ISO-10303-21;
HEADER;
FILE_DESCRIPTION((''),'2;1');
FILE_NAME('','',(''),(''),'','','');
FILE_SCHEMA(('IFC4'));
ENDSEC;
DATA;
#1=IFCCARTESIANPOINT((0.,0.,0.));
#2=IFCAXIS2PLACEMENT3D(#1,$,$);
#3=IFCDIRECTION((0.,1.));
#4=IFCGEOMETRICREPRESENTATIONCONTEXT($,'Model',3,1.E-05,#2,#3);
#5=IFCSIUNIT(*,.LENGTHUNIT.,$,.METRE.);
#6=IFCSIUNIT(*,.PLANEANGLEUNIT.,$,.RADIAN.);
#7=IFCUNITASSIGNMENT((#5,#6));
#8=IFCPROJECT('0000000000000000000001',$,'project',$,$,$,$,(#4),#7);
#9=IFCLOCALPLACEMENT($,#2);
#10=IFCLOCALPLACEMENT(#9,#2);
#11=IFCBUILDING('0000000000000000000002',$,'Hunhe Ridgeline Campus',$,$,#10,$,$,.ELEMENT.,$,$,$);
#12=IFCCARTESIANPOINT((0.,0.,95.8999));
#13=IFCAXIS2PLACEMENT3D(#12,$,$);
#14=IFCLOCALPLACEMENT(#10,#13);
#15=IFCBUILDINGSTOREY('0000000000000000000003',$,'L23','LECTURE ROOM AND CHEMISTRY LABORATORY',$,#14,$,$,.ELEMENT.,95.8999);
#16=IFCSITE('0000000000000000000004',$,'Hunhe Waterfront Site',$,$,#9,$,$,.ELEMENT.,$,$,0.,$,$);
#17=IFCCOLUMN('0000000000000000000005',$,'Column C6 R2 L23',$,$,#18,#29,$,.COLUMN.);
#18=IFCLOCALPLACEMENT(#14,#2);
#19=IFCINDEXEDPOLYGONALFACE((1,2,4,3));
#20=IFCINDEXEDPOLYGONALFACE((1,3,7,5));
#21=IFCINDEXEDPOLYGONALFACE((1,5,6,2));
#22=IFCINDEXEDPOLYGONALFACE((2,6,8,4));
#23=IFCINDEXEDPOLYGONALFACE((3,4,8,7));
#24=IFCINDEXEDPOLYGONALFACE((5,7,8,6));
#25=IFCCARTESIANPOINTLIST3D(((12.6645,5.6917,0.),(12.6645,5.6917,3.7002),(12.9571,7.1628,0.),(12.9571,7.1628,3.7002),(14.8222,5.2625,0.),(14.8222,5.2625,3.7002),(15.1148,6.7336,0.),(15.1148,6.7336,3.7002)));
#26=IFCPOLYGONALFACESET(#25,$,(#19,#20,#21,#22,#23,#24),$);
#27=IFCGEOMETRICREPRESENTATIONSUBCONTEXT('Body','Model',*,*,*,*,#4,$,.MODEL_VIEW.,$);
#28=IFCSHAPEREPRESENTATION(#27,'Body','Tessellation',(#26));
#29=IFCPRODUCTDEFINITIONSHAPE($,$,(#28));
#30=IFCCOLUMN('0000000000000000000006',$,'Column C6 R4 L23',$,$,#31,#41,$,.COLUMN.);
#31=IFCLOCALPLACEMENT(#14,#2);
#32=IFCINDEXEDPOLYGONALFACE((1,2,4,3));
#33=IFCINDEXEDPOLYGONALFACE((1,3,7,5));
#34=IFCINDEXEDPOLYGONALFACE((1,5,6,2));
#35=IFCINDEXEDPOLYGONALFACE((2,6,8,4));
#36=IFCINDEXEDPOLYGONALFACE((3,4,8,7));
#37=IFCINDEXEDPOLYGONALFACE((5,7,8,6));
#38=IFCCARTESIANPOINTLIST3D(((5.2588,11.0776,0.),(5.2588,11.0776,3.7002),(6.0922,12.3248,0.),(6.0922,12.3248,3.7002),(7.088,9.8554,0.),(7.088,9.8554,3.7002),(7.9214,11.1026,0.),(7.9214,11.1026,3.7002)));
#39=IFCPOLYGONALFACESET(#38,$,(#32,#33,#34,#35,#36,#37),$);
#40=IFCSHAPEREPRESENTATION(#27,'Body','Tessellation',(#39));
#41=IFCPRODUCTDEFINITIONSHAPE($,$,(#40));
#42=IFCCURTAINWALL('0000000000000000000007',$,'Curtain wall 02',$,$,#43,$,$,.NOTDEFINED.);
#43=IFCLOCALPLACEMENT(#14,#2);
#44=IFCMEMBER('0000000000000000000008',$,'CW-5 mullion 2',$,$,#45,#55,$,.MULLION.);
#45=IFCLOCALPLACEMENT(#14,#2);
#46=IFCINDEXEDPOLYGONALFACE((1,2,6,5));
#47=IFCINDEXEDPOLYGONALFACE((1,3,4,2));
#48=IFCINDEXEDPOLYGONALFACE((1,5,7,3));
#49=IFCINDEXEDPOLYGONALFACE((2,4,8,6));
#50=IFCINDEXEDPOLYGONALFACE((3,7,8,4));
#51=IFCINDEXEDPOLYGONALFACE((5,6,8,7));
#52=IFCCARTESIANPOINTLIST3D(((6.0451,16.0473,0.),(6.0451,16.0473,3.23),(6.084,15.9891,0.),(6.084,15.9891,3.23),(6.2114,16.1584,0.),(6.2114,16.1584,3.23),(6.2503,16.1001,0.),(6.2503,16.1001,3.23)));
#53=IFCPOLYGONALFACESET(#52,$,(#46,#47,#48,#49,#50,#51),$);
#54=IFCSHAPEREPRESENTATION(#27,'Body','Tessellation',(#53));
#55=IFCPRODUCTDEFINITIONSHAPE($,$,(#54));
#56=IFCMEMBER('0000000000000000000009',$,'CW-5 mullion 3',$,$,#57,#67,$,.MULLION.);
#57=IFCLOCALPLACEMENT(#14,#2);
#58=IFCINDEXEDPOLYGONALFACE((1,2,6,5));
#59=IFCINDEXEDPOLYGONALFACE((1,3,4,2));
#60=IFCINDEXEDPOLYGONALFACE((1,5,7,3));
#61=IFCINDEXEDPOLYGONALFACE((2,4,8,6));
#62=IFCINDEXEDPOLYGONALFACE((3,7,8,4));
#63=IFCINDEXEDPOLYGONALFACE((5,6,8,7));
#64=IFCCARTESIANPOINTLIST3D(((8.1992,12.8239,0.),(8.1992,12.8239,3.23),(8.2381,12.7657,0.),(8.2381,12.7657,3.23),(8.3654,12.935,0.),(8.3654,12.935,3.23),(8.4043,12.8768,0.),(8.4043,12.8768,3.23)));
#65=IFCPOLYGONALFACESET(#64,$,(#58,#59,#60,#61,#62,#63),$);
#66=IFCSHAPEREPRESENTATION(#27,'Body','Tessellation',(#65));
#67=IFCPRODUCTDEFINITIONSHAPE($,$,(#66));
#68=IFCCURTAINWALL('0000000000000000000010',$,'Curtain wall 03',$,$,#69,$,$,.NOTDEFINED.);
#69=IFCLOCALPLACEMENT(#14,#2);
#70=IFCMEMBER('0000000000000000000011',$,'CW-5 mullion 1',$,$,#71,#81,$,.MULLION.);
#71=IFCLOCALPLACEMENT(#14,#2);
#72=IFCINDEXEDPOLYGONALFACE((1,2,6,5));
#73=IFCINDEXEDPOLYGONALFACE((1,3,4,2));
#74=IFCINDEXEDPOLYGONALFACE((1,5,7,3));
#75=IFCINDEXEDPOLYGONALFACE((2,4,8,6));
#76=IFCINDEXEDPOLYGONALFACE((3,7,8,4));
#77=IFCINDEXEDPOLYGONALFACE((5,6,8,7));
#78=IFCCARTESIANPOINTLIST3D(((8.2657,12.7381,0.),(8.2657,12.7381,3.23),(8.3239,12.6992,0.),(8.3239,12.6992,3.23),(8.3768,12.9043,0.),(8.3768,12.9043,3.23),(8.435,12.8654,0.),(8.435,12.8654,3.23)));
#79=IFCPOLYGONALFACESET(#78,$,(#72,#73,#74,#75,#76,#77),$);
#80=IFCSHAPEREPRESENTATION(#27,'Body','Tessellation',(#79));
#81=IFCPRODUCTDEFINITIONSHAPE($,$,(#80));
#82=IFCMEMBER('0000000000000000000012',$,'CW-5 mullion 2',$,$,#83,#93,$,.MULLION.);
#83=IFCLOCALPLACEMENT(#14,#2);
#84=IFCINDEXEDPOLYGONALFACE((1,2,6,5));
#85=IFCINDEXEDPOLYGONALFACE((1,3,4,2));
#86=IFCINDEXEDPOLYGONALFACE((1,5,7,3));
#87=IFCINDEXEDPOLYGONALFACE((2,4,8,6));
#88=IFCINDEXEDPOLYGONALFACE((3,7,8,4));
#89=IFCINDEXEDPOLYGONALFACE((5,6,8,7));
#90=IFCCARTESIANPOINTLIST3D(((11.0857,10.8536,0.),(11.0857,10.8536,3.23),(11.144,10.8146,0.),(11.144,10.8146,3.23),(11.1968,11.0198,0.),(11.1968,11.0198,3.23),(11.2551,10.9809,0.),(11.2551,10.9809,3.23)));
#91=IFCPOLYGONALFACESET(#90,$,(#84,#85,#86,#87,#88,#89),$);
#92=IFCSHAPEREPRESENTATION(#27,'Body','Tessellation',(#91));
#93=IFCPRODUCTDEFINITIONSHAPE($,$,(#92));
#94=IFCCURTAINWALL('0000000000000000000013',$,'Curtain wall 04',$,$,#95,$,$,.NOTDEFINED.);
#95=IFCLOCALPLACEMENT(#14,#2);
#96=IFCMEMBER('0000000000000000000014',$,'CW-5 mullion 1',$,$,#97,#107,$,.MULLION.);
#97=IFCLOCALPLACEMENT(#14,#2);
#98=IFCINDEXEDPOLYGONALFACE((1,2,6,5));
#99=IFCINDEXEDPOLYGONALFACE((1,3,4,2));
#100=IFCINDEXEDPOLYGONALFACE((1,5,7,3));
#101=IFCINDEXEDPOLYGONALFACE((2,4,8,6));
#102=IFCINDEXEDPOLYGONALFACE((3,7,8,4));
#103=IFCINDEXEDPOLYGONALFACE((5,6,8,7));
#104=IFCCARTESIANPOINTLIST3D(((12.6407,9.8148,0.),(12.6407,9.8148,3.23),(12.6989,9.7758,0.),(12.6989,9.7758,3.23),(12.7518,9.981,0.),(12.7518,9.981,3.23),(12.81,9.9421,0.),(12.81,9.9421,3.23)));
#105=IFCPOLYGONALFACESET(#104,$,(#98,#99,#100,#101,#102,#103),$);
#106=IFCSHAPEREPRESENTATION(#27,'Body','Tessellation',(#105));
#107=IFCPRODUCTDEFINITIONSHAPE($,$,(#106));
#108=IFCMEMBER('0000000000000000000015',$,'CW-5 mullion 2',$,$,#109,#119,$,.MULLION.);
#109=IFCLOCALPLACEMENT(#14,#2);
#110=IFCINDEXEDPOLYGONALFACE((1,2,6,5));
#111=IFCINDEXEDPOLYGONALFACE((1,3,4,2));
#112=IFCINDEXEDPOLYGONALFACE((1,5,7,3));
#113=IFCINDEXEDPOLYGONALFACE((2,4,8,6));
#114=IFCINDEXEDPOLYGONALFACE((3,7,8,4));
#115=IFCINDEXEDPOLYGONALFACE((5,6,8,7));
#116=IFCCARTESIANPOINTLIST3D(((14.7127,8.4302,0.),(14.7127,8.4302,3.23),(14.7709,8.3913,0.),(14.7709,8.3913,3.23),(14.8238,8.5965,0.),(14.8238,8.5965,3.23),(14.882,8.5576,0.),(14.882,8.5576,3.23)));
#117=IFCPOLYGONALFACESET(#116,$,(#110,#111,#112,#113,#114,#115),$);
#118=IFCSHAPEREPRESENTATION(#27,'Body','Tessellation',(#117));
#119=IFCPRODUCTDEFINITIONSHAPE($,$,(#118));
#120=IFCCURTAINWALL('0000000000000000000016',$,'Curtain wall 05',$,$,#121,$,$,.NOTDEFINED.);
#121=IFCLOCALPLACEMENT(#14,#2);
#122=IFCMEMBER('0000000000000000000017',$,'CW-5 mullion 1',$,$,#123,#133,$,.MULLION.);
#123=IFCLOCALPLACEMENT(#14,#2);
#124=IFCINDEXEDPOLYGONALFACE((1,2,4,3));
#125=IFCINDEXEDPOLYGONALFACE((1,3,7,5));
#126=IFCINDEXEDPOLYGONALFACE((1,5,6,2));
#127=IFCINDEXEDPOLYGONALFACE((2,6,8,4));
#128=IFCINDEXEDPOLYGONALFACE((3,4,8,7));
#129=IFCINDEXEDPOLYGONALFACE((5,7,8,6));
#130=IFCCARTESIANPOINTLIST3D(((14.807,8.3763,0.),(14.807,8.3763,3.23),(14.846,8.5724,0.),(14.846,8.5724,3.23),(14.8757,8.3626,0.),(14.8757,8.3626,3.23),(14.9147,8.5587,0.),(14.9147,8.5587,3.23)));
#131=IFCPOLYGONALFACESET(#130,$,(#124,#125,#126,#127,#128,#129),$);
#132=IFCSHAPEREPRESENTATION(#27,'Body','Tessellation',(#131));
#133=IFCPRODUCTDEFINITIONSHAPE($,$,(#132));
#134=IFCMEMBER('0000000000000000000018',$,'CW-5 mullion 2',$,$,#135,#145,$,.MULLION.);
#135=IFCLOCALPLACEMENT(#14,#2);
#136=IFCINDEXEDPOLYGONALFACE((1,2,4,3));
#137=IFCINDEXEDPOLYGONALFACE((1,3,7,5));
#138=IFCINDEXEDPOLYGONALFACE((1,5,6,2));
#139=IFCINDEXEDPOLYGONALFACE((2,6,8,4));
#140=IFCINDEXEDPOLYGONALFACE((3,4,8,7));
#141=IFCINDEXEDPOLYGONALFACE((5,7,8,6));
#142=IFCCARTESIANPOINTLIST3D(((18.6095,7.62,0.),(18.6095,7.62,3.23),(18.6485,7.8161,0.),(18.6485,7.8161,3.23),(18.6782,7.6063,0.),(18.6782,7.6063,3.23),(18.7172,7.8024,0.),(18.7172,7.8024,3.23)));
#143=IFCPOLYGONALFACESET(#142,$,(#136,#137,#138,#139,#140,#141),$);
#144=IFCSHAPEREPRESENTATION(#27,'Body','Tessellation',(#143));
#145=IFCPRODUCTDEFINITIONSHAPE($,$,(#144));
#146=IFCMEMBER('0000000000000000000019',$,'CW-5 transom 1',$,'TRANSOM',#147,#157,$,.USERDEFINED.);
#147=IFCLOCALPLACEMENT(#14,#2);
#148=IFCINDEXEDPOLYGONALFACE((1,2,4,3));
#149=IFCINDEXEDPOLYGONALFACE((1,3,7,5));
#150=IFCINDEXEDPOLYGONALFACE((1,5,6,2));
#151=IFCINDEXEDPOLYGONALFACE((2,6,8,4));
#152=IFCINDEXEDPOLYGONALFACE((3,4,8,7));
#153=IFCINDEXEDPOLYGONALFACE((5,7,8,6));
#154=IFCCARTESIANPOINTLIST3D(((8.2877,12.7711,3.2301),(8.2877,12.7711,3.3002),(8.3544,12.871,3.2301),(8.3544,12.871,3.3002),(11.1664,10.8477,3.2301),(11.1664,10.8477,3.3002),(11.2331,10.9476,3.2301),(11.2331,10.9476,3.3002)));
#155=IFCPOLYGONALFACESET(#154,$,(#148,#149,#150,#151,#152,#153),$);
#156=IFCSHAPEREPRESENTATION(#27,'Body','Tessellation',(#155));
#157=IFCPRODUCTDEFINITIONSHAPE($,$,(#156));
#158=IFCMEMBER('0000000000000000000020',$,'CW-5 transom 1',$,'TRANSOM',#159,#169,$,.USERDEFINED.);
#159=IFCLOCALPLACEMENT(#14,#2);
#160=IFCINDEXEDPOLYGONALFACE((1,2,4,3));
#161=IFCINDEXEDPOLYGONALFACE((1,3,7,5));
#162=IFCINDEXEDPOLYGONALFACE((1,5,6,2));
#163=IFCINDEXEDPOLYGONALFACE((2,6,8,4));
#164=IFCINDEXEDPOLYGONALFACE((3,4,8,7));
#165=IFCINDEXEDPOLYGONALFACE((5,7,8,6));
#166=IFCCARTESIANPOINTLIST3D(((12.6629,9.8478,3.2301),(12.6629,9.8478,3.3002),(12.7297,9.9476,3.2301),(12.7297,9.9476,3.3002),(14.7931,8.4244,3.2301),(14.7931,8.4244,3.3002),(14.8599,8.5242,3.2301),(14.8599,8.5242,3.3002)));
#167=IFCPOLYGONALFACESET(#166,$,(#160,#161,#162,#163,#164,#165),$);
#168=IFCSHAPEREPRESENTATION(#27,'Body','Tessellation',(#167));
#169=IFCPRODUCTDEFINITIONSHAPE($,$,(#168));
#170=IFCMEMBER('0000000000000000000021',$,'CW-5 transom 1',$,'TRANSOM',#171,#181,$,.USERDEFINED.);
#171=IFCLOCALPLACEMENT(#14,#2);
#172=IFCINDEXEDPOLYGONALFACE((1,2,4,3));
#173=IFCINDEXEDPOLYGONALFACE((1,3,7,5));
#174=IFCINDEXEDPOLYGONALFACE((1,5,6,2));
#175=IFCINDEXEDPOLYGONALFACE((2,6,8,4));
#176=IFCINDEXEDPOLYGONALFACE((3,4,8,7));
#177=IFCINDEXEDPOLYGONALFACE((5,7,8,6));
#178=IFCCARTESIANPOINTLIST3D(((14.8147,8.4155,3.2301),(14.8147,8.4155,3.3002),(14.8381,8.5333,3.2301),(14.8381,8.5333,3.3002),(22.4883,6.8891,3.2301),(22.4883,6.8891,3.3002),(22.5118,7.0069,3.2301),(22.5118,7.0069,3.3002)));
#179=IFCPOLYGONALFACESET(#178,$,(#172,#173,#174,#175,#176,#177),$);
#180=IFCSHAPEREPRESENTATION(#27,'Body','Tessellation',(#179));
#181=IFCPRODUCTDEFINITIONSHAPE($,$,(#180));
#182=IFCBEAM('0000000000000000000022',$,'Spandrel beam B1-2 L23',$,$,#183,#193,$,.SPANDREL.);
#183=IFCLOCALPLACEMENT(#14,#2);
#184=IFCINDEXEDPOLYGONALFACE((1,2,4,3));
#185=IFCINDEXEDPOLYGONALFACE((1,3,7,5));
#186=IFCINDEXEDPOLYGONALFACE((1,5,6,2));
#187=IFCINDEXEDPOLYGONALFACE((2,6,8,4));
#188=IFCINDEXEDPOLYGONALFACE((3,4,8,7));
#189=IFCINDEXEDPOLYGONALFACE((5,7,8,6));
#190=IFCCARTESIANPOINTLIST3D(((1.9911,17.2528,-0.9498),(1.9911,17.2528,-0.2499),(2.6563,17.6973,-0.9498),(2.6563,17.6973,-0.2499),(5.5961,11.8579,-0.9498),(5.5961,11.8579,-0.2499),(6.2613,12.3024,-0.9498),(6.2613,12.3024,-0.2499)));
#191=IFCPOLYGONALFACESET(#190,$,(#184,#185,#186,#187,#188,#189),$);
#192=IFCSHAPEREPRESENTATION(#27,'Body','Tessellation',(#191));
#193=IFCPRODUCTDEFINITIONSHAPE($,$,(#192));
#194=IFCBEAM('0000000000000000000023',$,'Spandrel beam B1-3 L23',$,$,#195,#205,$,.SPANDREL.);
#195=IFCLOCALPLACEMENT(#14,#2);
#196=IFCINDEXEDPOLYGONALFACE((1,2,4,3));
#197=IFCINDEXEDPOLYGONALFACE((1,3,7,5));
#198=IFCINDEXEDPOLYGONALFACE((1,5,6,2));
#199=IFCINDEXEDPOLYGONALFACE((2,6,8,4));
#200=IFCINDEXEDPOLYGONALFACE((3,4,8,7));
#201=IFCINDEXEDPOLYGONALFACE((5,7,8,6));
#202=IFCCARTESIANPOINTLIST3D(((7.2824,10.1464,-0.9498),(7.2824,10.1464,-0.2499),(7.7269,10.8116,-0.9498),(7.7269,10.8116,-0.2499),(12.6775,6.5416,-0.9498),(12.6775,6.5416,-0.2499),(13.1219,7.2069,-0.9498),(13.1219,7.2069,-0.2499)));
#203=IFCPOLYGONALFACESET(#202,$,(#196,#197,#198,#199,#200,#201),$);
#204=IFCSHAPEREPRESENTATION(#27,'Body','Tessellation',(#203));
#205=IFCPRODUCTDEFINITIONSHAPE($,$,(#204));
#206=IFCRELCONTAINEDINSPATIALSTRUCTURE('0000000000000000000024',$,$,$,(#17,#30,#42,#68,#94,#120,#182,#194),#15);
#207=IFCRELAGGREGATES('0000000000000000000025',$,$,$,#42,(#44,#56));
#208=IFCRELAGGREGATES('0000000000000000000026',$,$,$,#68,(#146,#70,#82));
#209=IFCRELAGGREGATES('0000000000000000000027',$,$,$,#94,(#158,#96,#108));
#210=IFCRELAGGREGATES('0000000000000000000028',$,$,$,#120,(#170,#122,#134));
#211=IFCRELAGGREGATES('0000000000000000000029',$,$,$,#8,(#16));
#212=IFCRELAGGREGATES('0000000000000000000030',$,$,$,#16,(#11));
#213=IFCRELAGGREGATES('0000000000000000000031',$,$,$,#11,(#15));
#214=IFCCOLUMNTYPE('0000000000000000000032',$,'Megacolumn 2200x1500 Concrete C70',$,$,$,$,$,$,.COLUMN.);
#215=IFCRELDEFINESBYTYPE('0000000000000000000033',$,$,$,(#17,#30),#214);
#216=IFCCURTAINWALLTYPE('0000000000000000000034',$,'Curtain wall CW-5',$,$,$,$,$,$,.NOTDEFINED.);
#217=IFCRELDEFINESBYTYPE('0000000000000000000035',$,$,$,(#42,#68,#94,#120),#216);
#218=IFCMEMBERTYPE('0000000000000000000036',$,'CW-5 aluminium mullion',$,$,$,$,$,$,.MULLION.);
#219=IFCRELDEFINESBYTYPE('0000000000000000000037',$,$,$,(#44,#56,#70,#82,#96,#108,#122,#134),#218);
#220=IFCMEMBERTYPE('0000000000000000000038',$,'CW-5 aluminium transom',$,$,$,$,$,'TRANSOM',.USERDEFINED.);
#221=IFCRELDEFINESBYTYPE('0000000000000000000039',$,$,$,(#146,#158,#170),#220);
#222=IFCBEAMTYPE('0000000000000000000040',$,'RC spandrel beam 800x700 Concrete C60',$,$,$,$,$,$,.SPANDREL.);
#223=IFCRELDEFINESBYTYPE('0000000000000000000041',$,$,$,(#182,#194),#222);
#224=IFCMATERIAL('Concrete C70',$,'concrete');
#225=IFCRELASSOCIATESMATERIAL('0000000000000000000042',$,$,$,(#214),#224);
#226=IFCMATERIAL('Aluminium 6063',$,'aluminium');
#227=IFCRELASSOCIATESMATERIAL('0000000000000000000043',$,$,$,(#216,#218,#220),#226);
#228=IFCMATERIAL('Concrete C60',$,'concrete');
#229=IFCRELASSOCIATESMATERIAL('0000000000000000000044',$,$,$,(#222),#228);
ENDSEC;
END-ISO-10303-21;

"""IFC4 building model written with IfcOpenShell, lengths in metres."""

from ifc_helpers import new_model, si_unit, direction, frame, origin, origin_2d, place, context, subcontext, project, spatial, rectangle, extrude, material, material_profile, profile_set, type_object, element, aggregate, save


model = new_model("IFC4")

# Units and contexts
model_context = context("Model", 3, precision=1e-05, world=origin(), true_north=direction((0.0, 1.0)))
body_context = subcontext(model_context, "Body", "Model", "MODEL_VIEW")
ifc_project = project(units=[si_unit("LENGTHUNIT", "METRE"), si_unit("PLANEANGLEUNIT", "RADIAN")], contexts=[model_context])

# Site, building, storey
site_placement = place(None, origin())
site = spatial("IfcSite", under=ifc_project, at=site_placement, Name="Hunhe Waterfront Site", CompositionType="ELEMENT", RefElevation=0.0)
building_placement = place(site_placement, origin())
building = spatial("IfcBuilding", under=site, at=building_placement, Name="Hunhe Ridgeline Campus", CompositionType="ELEMENT")
storey_placement = place(building_placement, frame((0.0, 0.0, 95.8999)))
storey = spatial("IfcBuildingStorey", under=building, at=storey_placement, Name="L23", Description="LECTURE ROOM AND CHEMISTRY LABORATORY", CompositionType="ELEMENT", Elevation=95.8999)

# Columns
ifc_material_1 = material(Name="Concrete C70", Category="concrete")
ifc_material_profile_1 = material_profile(ifc_material_1, rectangle(XDim=2.2, YDim=1.5, at=origin_2d()))
ifc_profile_set_1 = profile_set([ifc_material_profile_1], Name="Concrete C70")
column_type = type_object("IfcColumnType", Name="Megacolumn 2200x1500 Concrete C70", PredefinedType="COLUMN", material=ifc_profile_set_1)
for number, where, z_axis, x_axis, name in (
    (1, (13.8896, 6.2126, 0.0), (0.0, 0.0, 1.0), (-0.980785, 0.19509, 0.0), "Column C6 R2 L23"),
    (2, (6.5901, 11.0901, 0.0), (0.0, 0.0, 1.0), (-0.83147, 0.55557, 0.0), "Column C6 R4 L23"),
):
    element("IfcColumn", number, at=place(storey_placement, frame(where, z_axis=z_axis, x_axis=x_axis)), inside=storey, type_object=column_type, Name=name, PredefinedType="COLUMN", context=body_context, shape_type="SweptSolid", body=[
        extrude(rectangle(XDim=2.2, YDim=1.5, at=origin_2d()), origin(), (0.0, 0.0, 1.0), 3.7002),
    ])

# Curtain walls, members
ifc_material_2 = material(Name="Aluminium 6063", Category="aluminium")
curtain_wall_type = type_object("IfcCurtainWallType", Name="Curtain wall CW-5", PredefinedType="NOTDEFINED", material=ifc_material_2)
curtain_wall_1_placement = place(storey_placement, origin())
curtain_wall_1 = element("IfcCurtainWall", 3, at=curtain_wall_1_placement, inside=storey, type_object=curtain_wall_type, Name="Curtain wall 02", PredefinedType="NOTDEFINED")
ifc_material_profile_2 = material_profile(ifc_material_2, rectangle(XDim=0.2, YDim=0.0701, at=origin_2d()))
ifc_profile_set_2 = profile_set([ifc_material_profile_2], Name="Aluminium 6063")
member_type_1 = type_object("IfcMemberType", Name="CW-5 aluminium mullion", PredefinedType="MULLION", material=ifc_profile_set_2)
member_1_placement = place(storey_placement, frame((6.1477, 16.0737, 0.0), z_axis=(0.0, 0.0, 1.0), x_axis=(0.83147, 0.55557, 0.0)))
member_1 = element("IfcMember", 4, at=member_1_placement, type_object=member_type_1, Name="CW-5 mullion 2", PredefinedType="MULLION", context=body_context, shape_type="SweptSolid", body=[
    extrude(rectangle(XDim=0.2, YDim=0.0701, at=origin_2d()), origin(), (0.0, 0.0, 1.0), 3.23),
])
member_2_placement = place(storey_placement, frame((8.3018, 12.8503, 0.0), z_axis=(0.0, 0.0, 1.0), x_axis=(0.83147, 0.55557, 0.0)))
member_2 = element("IfcMember", 5, at=member_2_placement, type_object=member_type_1, Name="CW-5 mullion 3", PredefinedType="MULLION", context=body_context, shape_type="SweptSolid", body=[
    extrude(rectangle(XDim=0.2, YDim=0.0701, at=origin_2d()), origin(), (0.0, 0.0, 1.0), 3.23),
])
curtain_wall_2_placement = place(storey_placement, origin())
curtain_wall_2 = element("IfcCurtainWall", 6, at=curtain_wall_2_placement, inside=storey, type_object=curtain_wall_type, Name="Curtain wall 03", PredefinedType="NOTDEFINED")
member_3_placement = place(storey_placement, frame((8.3503, 12.8018, 0.0), z_axis=(0.0, 0.0, 1.0), x_axis=(0.55557, 0.83147, 0.0)))
member_3 = element("IfcMember", 7, at=member_3_placement, type_object=member_type_1, Name="CW-5 mullion 1", PredefinedType="MULLION", context=body_context, shape_type="SweptSolid", body=[
    extrude(rectangle(XDim=0.2, YDim=0.0701, at=origin_2d()), origin(), (0.0, 0.0, 1.0), 3.23),
])
member_4_placement = place(storey_placement, frame((11.1704, 10.9172, 0.0), z_axis=(0.0, 0.0, 1.0), x_axis=(0.55557, 0.83147, 0.0)))
member_4 = element("IfcMember", 8, at=member_4_placement, type_object=member_type_1, Name="CW-5 mullion 2", PredefinedType="MULLION", context=body_context, shape_type="SweptSolid", body=[
    extrude(rectangle(XDim=0.2, YDim=0.0701, at=origin_2d()), origin(), (0.0, 0.0, 1.0), 3.23),
])
curtain_wall_3_placement = place(storey_placement, origin())
curtain_wall_3 = element("IfcCurtainWall", 9, at=curtain_wall_3_placement, inside=storey, type_object=curtain_wall_type, Name="Curtain wall 04", PredefinedType="NOTDEFINED")
member_5_placement = place(storey_placement, frame((12.7253, 9.8784, 0.0), z_axis=(0.0, 0.0, 1.0), x_axis=(0.55557, 0.83147, 0.0)))
member_5 = element("IfcMember", 10, at=member_5_placement, type_object=member_type_1, Name="CW-5 mullion 1", PredefinedType="MULLION", context=body_context, shape_type="SweptSolid", body=[
    extrude(rectangle(XDim=0.2, YDim=0.0701, at=origin_2d()), origin(), (0.0, 0.0, 1.0), 3.23),
])
member_6_placement = place(storey_placement, frame((14.7974, 8.4939, 0.0), z_axis=(0.0, 0.0, 1.0), x_axis=(0.55557, 0.83147, 0.0)))
member_6 = element("IfcMember", 11, at=member_6_placement, type_object=member_type_1, Name="CW-5 mullion 2", PredefinedType="MULLION", context=body_context, shape_type="SweptSolid", body=[
    extrude(rectangle(XDim=0.2, YDim=0.0701, at=origin_2d()), origin(), (0.0, 0.0, 1.0), 3.23),
])
curtain_wall_4_placement = place(storey_placement, origin())
curtain_wall_4 = element("IfcCurtainWall", 12, at=curtain_wall_4_placement, inside=storey, type_object=curtain_wall_type, Name="Curtain wall 05", PredefinedType="NOTDEFINED")
member_7_placement = place(storey_placement, frame((14.8608, 8.4675, 0.0), z_axis=(0.0, 0.0, 1.0), x_axis=(0.19509, 0.980785, 0.0)))
member_7 = element("IfcMember", 13, at=member_7_placement, type_object=member_type_1, Name="CW-5 mullion 1", PredefinedType="MULLION", context=body_context, shape_type="SweptSolid", body=[
    extrude(rectangle(XDim=0.2, YDim=0.0701, at=origin_2d()), origin(), (0.0, 0.0, 1.0), 3.23),
])
member_8_placement = place(storey_placement, frame((18.6633, 7.7112, 0.0), z_axis=(0.0, 0.0, 1.0), x_axis=(0.19509, 0.980785, 0.0)))
member_8 = element("IfcMember", 14, at=member_8_placement, type_object=member_type_1, Name="CW-5 mullion 2", PredefinedType="MULLION", context=body_context, shape_type="SweptSolid", body=[
    extrude(rectangle(XDim=0.2, YDim=0.0701, at=origin_2d()), origin(), (0.0, 0.0, 1.0), 3.23),
])

# Members
ifc_material_profile_3 = material_profile(ifc_material_2, rectangle(XDim=0.1201, YDim=0.0701, at=origin_2d()))
ifc_profile_set_3 = profile_set([ifc_material_profile_3], Name="Aluminium 6063")
member_type_2 = type_object("IfcMemberType", Name="CW-5 aluminium transom", ElementType="TRANSOM", PredefinedType="USERDEFINED", material=ifc_profile_set_3)
member_9_placement = place(storey_placement, frame((8.321, 12.821, 3.2651), z_axis=(0.831486, -0.555546, 0.0), x_axis=(0.555546, 0.831486, 0.0)))
member_9 = element("IfcMember", 15, at=member_9_placement, type_object=member_type_2, Name="CW-5 transom 1", ObjectType="TRANSOM", PredefinedType="USERDEFINED", context=body_context, shape_type="SweptSolid", body=[
    extrude(rectangle(XDim=0.1201, YDim=0.0701, at=origin_2d()), origin(), (0.0, 0.0, 1.0), 3.4622),
])
member_10_placement = place(storey_placement, frame((12.6963, 9.8977, 3.2651), z_axis=(0.831463, -0.55558, 0.0), x_axis=(0.55558, 0.831463, 0.0)))
member_10 = element("IfcMember", 16, at=member_10_placement, type_object=member_type_2, Name="CW-5 transom 1", ObjectType="TRANSOM", PredefinedType="USERDEFINED", context=body_context, shape_type="SweptSolid", body=[
    extrude(rectangle(XDim=0.1201, YDim=0.0701, at=origin_2d()), origin(), (0.0, 0.0, 1.0), 2.562),
])
member_11_placement = place(storey_placement, frame((14.8264, 8.4744, 3.2651), z_axis=(0.980785, -0.19509, 0.0), x_axis=(0.19509, 0.980785, 0.0)))
member_11 = element("IfcMember", 17, at=member_11_placement, type_object=member_type_2, Name="CW-5 transom 1", ObjectType="TRANSOM", PredefinedType="USERDEFINED", context=body_context, shape_type="SweptSolid", body=[
    extrude(rectangle(XDim=0.1201, YDim=0.0701, at=origin_2d()), origin(), (0.0, 0.0, 1.0), 7.824),
])

# Beams
ifc_material_3 = material(Name="Concrete C60", Category="concrete")
ifc_material_profile_4 = material_profile(ifc_material_3, rectangle(XDim=0.8, YDim=0.7, at=origin_2d()))
ifc_profile_set_4 = profile_set([ifc_material_profile_4], Name="Concrete C60")
beam_type = type_object("IfcBeamType", Name="RC spandrel beam 800x700 Concrete C60", PredefinedType="SPANDREL", material=ifc_profile_set_4)
for number, where, z_axis, x_axis, name in (
    (18, (2.3237, 17.4751, -0.5999), (0.555586, -0.831459, 0.0), (0.831459, 0.555586, 0.0), "Spandrel beam B1-2 L23"),
    (19, (7.5046, 10.479, -0.5999), (0.831477, -0.55556, 0.0), (0.55556, 0.831477, 0.0), "Spandrel beam B1-3 L23"),
):
    element("IfcBeam", number, at=place(storey_placement, frame(where, z_axis=z_axis, x_axis=x_axis)), inside=storey, type_object=beam_type, Name=name, PredefinedType="SPANDREL", context=body_context, shape_type="SweptSolid", body=[
        extrude(rectangle(XDim=0.8, YDim=0.7, at=origin_2d()), origin(), (0.0, 0.0, 1.0), 6.4885),
    ])

aggregate(curtain_wall_1, [member_1, member_2])
aggregate(curtain_wall_2, [member_9, member_3, member_4])
aggregate(curtain_wall_3, [member_10, member_5, member_6])
aggregate(curtain_wall_4, [member_11, member_7, member_8])

save(model, "model.ifc")
